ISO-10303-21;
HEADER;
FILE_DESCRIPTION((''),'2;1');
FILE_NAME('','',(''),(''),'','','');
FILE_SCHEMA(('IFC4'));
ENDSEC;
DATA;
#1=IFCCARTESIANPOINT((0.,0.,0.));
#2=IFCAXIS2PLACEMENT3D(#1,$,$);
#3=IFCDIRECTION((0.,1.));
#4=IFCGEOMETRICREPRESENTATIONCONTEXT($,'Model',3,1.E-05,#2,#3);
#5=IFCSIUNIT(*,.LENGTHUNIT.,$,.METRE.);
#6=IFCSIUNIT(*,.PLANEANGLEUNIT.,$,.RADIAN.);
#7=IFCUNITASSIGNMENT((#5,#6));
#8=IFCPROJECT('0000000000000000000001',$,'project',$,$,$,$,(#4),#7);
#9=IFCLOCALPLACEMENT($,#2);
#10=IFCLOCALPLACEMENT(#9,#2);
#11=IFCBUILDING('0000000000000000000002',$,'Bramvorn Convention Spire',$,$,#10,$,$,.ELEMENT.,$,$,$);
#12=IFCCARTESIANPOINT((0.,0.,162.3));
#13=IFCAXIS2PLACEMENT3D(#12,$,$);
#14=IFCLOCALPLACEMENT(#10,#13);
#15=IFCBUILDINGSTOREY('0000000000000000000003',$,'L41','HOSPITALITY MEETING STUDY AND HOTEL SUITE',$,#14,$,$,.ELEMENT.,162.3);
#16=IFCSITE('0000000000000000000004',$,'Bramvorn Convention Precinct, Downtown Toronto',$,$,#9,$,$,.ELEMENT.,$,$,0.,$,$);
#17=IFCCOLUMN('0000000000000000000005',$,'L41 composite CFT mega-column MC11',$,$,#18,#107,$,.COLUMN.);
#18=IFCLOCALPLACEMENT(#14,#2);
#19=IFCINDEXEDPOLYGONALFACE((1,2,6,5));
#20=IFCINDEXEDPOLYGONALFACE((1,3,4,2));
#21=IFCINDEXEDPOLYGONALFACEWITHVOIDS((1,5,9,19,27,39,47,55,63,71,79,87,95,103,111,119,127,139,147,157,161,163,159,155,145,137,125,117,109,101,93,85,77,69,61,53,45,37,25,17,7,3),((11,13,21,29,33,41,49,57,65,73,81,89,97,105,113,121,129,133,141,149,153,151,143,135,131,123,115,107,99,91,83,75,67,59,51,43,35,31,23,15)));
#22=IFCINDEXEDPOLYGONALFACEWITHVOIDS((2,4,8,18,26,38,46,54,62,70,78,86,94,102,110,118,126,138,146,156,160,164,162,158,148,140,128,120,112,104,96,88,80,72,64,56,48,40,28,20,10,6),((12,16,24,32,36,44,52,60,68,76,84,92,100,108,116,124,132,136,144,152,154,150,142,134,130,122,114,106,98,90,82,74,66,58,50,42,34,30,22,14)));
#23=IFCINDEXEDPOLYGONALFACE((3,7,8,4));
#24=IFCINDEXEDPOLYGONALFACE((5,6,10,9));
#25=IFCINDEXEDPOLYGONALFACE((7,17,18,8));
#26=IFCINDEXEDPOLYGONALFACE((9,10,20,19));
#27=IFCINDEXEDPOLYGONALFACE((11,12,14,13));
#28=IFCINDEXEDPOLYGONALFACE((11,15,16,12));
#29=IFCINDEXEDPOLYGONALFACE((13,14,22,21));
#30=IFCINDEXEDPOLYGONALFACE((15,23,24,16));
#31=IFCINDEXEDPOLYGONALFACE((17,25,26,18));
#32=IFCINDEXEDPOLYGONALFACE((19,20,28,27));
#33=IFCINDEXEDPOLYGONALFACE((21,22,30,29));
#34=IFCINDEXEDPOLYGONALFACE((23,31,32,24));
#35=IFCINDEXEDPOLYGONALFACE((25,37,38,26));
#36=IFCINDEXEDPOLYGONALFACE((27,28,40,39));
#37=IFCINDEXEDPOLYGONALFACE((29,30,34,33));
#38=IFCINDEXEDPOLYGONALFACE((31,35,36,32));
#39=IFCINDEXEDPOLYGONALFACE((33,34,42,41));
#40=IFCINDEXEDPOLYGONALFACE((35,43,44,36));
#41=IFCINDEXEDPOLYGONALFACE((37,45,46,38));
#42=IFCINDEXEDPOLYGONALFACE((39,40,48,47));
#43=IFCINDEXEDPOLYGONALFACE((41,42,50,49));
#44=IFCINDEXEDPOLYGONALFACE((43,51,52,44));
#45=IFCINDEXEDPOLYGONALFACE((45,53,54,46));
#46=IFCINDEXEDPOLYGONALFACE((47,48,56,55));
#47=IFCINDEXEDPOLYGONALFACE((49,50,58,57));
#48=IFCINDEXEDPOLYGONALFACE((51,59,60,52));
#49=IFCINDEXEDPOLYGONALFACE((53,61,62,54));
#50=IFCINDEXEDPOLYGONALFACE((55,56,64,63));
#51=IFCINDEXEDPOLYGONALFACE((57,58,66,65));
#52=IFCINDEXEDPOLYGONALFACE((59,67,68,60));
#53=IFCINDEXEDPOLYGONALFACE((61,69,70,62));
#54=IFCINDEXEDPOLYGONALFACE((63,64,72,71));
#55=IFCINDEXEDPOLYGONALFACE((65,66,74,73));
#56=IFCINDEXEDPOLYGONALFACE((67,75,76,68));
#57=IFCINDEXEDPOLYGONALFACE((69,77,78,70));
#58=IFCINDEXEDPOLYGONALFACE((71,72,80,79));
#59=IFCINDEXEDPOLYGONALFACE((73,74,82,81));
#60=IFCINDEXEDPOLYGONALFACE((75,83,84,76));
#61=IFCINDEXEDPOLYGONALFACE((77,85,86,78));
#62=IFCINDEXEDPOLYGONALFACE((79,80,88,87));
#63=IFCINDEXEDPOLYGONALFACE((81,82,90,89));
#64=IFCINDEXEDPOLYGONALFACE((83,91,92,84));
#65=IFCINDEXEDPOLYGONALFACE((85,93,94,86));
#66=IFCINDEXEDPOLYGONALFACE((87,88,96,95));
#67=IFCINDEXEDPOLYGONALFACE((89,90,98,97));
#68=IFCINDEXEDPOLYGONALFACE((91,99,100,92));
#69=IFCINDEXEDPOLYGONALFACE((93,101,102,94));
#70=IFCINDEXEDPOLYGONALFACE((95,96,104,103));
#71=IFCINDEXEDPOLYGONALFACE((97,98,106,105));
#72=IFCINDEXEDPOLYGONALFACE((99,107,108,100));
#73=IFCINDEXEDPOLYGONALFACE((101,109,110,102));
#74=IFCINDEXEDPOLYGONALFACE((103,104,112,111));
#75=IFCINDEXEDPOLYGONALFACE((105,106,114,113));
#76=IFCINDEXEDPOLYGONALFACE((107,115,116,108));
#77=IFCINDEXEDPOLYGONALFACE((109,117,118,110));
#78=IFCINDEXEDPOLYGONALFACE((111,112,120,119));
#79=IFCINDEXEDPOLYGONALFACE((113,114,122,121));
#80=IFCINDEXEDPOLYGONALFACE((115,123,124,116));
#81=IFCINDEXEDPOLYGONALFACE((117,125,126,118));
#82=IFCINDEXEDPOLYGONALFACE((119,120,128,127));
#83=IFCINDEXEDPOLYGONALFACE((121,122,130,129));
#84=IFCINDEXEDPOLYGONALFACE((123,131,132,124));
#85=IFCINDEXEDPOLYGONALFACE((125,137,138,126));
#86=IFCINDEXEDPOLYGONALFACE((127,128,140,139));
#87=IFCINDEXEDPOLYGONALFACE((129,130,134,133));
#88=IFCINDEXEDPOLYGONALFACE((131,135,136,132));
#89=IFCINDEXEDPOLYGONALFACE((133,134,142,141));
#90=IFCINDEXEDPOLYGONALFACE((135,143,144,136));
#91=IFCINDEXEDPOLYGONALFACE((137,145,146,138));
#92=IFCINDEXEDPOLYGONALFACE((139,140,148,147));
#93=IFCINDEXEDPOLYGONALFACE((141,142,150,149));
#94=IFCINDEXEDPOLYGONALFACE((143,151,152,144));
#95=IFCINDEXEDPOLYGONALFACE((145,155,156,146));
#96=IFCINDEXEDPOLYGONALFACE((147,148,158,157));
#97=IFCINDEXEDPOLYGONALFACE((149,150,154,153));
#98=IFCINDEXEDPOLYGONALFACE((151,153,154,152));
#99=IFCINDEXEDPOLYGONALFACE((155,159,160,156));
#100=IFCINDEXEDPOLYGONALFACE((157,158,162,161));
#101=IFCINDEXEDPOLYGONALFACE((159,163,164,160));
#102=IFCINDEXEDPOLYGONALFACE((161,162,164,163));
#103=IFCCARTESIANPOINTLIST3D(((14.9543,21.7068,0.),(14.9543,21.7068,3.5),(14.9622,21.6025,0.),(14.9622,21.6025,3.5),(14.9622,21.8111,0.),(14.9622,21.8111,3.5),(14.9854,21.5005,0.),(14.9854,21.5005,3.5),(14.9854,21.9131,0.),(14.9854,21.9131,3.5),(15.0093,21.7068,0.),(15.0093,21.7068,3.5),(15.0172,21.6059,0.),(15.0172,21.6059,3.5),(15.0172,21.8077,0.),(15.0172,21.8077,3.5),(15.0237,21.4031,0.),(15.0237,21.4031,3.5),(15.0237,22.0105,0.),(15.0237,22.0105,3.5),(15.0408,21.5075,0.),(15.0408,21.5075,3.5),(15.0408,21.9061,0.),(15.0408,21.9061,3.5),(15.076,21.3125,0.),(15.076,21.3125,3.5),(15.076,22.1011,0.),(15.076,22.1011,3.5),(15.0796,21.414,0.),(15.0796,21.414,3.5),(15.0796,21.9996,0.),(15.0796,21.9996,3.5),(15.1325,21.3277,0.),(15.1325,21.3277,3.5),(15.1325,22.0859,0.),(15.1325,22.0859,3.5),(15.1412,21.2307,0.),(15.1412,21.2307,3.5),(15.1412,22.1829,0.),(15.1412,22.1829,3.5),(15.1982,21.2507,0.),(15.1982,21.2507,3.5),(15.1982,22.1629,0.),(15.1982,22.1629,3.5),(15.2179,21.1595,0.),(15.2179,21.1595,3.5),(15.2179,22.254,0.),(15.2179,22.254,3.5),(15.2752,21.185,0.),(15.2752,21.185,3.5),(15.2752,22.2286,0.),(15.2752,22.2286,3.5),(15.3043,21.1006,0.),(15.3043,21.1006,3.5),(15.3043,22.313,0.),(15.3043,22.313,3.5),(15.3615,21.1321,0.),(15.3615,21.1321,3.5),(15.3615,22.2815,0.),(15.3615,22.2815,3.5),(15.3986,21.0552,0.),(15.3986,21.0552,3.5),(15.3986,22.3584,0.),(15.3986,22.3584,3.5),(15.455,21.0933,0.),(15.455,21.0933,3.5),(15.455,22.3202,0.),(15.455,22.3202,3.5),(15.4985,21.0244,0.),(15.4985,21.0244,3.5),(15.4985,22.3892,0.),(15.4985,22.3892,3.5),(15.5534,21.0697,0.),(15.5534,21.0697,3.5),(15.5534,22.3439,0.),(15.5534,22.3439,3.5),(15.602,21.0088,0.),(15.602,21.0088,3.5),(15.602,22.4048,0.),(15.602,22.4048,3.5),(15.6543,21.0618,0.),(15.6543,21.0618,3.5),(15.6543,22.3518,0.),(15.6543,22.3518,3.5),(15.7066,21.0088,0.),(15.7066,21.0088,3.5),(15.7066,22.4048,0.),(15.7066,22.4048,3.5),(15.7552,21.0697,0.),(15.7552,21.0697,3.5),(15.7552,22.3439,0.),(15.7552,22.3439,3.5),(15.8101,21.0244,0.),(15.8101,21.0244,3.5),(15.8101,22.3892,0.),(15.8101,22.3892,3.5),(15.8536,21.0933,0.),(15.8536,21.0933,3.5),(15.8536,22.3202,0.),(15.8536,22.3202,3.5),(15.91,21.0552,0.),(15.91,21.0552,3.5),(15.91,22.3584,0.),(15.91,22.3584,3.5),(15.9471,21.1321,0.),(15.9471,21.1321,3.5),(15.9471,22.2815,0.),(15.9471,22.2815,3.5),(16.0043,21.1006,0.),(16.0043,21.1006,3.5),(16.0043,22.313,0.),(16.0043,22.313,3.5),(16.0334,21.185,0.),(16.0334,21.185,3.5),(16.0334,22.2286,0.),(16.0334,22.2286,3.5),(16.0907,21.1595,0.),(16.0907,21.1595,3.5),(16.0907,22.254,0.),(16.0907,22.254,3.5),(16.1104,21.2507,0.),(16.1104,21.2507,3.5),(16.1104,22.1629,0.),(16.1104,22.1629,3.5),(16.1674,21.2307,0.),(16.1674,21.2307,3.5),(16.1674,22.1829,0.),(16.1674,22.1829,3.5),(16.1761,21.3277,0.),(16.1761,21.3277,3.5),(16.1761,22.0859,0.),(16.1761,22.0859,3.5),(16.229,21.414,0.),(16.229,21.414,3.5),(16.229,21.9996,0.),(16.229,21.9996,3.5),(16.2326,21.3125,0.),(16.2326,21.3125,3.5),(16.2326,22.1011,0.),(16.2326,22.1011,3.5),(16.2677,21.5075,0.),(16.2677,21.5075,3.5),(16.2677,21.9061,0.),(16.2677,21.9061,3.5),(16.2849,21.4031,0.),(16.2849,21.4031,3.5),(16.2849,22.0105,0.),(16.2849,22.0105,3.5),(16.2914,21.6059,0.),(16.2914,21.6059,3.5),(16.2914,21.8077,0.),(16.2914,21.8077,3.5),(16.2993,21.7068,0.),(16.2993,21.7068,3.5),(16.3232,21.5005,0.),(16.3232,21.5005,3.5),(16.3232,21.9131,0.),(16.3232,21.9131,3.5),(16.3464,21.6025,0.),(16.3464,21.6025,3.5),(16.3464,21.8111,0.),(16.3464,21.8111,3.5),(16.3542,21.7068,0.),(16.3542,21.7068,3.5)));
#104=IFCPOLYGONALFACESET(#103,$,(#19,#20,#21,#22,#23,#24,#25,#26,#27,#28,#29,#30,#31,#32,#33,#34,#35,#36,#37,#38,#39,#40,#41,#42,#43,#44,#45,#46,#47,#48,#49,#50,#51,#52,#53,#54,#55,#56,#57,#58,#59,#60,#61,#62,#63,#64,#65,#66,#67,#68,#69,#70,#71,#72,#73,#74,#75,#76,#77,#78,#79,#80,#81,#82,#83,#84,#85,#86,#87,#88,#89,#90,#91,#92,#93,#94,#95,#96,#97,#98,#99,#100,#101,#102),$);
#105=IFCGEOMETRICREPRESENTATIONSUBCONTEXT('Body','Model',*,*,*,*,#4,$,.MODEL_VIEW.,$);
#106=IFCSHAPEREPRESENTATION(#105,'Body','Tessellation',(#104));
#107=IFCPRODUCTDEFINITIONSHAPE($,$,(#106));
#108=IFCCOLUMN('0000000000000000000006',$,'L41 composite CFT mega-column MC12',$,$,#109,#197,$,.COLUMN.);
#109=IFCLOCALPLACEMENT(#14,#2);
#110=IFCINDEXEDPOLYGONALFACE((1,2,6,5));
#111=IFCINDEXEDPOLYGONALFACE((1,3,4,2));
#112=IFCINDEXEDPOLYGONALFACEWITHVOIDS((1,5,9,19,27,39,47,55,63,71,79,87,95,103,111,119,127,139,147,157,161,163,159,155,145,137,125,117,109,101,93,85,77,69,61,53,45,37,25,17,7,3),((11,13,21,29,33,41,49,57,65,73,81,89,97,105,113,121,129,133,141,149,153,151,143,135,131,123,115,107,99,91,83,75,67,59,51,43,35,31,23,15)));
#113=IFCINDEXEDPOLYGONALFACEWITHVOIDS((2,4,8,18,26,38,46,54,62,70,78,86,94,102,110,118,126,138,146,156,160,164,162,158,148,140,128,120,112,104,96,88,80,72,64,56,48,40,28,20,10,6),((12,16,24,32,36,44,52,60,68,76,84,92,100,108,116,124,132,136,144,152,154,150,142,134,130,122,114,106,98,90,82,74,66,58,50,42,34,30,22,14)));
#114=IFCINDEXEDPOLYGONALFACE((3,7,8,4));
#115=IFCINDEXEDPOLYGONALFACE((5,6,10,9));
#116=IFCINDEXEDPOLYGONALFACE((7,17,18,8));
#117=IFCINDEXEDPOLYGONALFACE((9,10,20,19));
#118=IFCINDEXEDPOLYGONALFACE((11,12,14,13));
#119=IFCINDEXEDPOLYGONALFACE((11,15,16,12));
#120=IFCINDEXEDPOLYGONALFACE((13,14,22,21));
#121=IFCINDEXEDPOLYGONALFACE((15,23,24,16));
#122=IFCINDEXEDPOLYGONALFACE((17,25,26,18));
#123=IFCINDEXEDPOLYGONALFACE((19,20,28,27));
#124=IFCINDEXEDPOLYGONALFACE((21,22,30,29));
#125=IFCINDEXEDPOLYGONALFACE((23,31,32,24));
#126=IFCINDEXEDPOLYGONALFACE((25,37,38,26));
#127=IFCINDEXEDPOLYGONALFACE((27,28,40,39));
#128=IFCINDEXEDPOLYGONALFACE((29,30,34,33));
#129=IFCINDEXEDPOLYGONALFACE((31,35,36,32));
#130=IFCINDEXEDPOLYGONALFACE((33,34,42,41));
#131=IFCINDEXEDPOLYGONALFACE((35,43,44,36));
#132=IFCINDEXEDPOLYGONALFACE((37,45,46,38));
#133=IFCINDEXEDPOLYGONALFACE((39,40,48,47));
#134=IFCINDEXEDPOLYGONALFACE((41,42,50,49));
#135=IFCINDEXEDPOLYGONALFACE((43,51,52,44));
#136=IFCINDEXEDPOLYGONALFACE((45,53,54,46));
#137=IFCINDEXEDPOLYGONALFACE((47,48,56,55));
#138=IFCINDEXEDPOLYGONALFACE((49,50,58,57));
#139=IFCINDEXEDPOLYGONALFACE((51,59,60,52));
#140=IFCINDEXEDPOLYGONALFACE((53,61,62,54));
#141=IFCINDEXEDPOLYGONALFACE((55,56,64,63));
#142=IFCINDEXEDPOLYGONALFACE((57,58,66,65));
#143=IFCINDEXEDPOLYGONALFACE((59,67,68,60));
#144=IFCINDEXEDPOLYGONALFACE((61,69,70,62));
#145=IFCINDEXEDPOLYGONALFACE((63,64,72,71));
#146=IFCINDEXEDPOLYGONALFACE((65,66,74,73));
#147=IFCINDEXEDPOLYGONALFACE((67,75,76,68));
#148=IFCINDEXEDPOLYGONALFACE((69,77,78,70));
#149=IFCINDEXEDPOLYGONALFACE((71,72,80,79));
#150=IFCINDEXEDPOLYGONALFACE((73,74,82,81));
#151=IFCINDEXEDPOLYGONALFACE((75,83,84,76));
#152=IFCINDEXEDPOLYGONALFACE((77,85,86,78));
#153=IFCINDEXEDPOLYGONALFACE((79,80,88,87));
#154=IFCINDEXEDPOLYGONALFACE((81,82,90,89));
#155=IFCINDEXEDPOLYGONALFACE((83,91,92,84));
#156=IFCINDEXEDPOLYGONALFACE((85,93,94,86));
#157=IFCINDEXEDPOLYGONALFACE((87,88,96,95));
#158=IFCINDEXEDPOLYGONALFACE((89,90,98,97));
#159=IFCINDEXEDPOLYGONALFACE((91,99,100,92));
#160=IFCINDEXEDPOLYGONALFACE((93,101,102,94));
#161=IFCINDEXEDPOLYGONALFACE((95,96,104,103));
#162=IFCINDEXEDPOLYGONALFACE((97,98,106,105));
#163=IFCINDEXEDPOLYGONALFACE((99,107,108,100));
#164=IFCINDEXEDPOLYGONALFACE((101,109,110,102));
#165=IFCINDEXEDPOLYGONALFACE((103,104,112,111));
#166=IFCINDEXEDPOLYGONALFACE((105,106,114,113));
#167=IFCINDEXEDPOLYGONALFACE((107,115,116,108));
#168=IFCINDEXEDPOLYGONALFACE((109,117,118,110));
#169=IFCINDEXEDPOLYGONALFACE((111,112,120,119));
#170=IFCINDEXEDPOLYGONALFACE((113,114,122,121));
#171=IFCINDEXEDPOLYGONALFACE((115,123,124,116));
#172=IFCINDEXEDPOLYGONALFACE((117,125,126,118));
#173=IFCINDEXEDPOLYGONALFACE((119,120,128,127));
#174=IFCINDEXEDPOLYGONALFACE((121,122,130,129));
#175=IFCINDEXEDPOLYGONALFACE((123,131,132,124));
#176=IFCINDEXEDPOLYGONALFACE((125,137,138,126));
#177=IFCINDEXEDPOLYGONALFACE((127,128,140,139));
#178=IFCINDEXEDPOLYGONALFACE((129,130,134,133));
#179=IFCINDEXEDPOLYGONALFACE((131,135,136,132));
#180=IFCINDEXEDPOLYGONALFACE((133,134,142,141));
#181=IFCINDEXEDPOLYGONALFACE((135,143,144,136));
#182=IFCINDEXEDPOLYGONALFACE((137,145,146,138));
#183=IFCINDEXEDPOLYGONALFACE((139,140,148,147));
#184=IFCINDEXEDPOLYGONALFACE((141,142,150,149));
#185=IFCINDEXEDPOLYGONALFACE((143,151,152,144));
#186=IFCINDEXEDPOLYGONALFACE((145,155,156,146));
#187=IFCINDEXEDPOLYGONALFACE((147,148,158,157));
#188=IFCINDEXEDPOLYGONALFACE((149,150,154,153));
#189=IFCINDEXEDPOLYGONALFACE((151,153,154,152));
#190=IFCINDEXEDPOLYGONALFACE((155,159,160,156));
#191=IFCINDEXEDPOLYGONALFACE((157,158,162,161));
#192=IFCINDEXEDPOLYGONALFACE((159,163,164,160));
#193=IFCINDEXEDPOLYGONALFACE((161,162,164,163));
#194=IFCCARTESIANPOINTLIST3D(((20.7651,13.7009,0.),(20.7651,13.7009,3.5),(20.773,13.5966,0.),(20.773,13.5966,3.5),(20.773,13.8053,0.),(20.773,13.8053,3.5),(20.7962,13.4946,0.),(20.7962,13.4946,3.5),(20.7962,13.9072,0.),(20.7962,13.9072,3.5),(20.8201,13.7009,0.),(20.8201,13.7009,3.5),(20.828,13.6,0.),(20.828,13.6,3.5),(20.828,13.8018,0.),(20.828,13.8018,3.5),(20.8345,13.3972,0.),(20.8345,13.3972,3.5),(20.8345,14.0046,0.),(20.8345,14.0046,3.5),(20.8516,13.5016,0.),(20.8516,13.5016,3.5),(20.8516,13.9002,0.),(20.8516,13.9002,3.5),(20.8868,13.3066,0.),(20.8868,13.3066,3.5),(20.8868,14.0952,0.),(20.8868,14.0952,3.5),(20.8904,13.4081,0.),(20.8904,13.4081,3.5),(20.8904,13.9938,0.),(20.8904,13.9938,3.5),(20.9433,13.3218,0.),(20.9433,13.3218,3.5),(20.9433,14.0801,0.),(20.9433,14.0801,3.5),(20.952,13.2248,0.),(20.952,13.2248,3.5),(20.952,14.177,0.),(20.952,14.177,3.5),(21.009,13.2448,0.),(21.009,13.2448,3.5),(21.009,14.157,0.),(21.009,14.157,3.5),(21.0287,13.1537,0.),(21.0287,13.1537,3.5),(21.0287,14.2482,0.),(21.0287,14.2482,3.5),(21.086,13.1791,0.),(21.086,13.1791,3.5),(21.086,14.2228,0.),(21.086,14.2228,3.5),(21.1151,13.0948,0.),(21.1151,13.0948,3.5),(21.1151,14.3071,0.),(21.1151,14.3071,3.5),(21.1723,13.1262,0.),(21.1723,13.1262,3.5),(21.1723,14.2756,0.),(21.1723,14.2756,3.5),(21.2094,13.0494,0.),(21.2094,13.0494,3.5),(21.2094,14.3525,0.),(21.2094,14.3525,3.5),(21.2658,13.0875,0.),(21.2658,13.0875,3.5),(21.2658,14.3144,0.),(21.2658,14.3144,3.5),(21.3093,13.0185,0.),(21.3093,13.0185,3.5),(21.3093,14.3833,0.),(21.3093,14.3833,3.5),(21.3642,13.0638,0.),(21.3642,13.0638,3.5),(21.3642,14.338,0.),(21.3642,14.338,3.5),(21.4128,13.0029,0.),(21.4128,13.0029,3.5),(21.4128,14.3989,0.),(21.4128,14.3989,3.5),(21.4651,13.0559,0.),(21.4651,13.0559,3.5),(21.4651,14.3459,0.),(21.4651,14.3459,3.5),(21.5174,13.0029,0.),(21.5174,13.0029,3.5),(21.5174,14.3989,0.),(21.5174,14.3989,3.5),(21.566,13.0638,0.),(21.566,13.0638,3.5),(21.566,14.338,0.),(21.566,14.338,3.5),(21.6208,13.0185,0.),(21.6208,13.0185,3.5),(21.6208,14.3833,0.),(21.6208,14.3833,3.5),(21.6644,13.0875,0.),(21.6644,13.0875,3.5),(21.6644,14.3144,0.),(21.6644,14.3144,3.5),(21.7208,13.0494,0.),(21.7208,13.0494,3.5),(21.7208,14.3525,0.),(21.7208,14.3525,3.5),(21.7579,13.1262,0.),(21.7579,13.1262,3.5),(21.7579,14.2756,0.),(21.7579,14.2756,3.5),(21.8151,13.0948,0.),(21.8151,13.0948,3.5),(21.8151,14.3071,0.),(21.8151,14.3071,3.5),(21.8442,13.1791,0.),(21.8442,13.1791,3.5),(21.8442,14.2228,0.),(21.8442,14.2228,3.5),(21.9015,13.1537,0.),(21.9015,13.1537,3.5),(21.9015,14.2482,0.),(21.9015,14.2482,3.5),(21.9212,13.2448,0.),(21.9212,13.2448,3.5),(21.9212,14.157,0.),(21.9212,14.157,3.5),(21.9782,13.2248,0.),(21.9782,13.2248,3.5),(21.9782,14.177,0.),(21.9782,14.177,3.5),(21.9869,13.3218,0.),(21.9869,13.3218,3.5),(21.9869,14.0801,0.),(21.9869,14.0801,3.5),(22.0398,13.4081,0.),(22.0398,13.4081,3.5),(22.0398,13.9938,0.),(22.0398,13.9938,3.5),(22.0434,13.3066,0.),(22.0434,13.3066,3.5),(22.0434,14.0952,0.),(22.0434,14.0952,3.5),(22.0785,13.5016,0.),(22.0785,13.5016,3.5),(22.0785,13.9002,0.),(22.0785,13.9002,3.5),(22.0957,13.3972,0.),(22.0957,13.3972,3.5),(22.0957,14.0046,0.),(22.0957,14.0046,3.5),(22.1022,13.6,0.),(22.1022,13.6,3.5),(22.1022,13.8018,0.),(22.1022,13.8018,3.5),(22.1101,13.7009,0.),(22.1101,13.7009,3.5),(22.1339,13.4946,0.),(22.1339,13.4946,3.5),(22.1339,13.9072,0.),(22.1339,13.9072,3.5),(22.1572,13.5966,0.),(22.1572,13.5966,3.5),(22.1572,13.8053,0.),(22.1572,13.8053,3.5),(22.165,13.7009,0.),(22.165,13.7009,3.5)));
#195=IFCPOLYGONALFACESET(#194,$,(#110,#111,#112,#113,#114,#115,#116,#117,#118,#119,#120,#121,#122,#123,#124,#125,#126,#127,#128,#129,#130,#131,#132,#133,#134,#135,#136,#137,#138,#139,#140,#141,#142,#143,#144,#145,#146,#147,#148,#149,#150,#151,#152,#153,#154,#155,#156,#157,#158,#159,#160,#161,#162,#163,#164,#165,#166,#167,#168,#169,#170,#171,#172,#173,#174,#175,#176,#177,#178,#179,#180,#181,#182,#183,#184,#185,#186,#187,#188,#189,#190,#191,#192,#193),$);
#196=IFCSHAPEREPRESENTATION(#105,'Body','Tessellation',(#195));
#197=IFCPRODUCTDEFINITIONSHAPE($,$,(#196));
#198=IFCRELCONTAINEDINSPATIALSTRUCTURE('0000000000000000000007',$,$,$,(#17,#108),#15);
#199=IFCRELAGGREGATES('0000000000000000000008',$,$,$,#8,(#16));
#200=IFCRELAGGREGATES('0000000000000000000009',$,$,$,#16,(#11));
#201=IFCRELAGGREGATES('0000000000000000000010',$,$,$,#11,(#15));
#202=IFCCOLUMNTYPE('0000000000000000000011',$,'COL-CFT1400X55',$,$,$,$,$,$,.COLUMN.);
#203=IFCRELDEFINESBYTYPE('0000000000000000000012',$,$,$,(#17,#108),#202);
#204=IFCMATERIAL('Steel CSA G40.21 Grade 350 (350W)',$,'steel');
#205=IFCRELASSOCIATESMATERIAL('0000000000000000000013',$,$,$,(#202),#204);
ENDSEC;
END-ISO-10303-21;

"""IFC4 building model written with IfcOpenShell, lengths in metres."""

from ifc_helpers import new_model, si_unit, direction, frame, origin, origin_2d, place, context, subcontext, project, spatial, hollow_circle, extrude, material, material_profile, profile_set, type_object, element, save


model = new_model("IFC4")

# Units and contexts
model_context = context("Model", 3, precision=1e-05, world=origin(), true_north=direction((0.0, 1.0)))
body_context = subcontext(model_context, "Body", "Model", "MODEL_VIEW")
ifc_project = project(units=[si_unit("LENGTHUNIT", "METRE"), si_unit("PLANEANGLEUNIT", "RADIAN")], contexts=[model_context])

# Site, building, storey
site_placement = place(None, origin())
site = spatial("IfcSite", under=ifc_project, at=site_placement, Name="Bramvorn Convention Precinct, Downtown Toronto", CompositionType="ELEMENT", RefElevation=0.0)
building_placement = place(site_placement, origin())
building = spatial("IfcBuilding", under=site, at=building_placement, Name="Bramvorn Convention Spire", CompositionType="ELEMENT")
storey_placement = place(building_placement, frame((0.0, 0.0, 162.3)))
storey = spatial("IfcBuildingStorey", under=building, at=storey_placement, Name="L41", Description="HOSPITALITY MEETING STUDY AND HOTEL SUITE", CompositionType="ELEMENT", Elevation=162.3)

# Columns
ifc_material_1 = material(Name="Steel CSA G40.21 Grade 350 (350W)", Category="steel")
ifc_material_profile_1 = material_profile(ifc_material_1, hollow_circle(Radius=0.7, WallThickness=0.0549, at=origin_2d()))
ifc_profile_set_1 = profile_set([ifc_material_profile_1], Name="Steel CSA G40.21 Grade 350 (350W) - CFT1400X55")
column_type = type_object("IfcColumnType", Name="COL-CFT1400X55", PredefinedType="COLUMN", material=ifc_profile_set_1)
for number, where, z_axis, x_axis, name in (
    (1, (15.6543, 21.7068, 0.0), (0.0, 0.0, 1.0), (1.0, 0.0, 0.0), "L41 composite CFT mega-column MC11"),
    (2, (21.4651, 13.7009, 0.0), (0.0, 0.0, 1.0), (1.0, 0.0, 0.0), "L41 composite CFT mega-column MC12"),
):
    element("IfcColumn", number, at=place(storey_placement, frame(where, z_axis=z_axis, x_axis=x_axis)), inside=storey, type_object=column_type, Name=name, PredefinedType="COLUMN", context=body_context, shape_type="SweptSolid", body=[
        extrude(hollow_circle(Radius=0.7, WallThickness=0.0549, at=origin_2d()), origin(), (0.0, 0.0, 1.0), 3.5),
    ])

save(model, "model.ifc")
